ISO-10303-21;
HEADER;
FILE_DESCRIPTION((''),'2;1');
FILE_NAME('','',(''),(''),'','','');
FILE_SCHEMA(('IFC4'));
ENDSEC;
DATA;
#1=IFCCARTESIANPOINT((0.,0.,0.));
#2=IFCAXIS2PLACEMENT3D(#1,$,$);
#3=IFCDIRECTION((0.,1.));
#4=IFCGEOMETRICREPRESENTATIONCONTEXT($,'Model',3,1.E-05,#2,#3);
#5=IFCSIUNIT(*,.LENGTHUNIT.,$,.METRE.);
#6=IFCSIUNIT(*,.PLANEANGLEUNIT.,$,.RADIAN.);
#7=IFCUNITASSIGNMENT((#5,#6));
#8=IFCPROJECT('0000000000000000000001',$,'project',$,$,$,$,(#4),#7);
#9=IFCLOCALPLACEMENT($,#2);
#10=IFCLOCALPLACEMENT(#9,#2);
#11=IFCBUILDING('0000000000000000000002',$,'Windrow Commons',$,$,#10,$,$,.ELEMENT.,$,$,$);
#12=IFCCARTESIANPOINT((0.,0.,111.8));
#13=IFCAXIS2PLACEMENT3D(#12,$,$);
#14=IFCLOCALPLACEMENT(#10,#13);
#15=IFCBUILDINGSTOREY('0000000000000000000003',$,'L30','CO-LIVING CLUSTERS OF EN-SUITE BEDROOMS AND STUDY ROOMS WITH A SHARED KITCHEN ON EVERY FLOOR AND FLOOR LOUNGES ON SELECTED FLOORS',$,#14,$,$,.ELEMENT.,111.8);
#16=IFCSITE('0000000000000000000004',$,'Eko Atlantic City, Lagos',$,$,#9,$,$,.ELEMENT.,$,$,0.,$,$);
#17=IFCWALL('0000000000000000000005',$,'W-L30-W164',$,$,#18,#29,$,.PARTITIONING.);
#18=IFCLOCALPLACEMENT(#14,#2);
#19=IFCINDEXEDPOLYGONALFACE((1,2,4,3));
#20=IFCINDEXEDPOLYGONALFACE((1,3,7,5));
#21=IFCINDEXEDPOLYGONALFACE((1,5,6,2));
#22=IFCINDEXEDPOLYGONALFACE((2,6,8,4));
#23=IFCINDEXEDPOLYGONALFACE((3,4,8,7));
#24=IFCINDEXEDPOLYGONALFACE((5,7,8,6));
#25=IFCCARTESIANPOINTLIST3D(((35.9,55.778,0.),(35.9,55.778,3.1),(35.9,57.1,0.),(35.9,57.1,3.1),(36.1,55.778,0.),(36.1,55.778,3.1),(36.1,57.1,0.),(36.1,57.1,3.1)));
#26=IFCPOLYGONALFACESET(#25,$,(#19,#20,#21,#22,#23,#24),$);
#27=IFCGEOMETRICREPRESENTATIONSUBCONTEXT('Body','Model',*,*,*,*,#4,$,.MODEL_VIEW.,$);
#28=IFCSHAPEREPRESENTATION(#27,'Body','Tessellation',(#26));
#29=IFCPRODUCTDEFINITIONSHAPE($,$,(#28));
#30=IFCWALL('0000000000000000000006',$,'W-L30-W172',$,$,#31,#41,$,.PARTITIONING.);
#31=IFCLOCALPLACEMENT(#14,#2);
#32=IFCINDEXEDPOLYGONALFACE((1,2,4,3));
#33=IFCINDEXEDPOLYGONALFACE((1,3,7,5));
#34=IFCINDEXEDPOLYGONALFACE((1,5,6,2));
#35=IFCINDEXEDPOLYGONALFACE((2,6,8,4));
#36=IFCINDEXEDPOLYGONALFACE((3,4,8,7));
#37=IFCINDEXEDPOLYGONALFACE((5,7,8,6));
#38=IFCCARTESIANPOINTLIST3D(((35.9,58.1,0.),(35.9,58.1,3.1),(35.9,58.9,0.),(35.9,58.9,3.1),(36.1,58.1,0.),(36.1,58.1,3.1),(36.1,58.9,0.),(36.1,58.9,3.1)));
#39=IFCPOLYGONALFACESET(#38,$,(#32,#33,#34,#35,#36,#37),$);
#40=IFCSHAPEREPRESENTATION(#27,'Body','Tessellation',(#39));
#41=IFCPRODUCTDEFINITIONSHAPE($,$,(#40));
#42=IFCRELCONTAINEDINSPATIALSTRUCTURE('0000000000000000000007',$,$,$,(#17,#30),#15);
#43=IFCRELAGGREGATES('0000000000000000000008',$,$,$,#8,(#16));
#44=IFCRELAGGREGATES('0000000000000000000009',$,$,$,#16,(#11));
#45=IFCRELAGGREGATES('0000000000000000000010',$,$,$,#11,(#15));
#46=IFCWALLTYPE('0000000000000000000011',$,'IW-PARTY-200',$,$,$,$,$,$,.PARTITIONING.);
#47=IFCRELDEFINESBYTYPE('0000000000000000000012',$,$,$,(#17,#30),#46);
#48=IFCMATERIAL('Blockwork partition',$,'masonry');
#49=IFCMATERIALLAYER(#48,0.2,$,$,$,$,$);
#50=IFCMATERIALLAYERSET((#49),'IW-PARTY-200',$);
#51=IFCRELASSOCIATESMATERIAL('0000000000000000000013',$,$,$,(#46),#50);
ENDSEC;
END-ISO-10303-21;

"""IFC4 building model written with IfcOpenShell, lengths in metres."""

from ifc_helpers import new_model, si_unit, direction, frame, frame_2d, origin, place, context, subcontext, project, spatial, rectangle, extrude, material, layer, layer_set, type_object, element, save


model = new_model("IFC4")

# Units and contexts
model_context = context("Model", 3, precision=1e-05, world=origin(), true_north=direction((0.0, 1.0)))
body_context = subcontext(model_context, "Body", "Model", "MODEL_VIEW")
ifc_project = project(units=[si_unit("LENGTHUNIT", "METRE"), si_unit("PLANEANGLEUNIT", "RADIAN")], contexts=[model_context])

# Site, building, storey
site_placement = place(None, origin())
site = spatial("IfcSite", under=ifc_project, at=site_placement, Name="Eko Atlantic City, Lagos", CompositionType="ELEMENT", RefElevation=0.0)
building_placement = place(site_placement, origin())
building = spatial("IfcBuilding", under=site, at=building_placement, Name="Windrow Commons", CompositionType="ELEMENT")
storey_placement = place(building_placement, frame((0.0, 0.0, 111.8)))
storey = spatial("IfcBuildingStorey", under=building, at=storey_placement, Name="L30", Description="CO-LIVING CLUSTERS OF EN-SUITE BEDROOMS AND STUDY ROOMS WITH A SHARED KITCHEN ON EVERY FLOOR AND FLOOR LOUNGES ON SELECTED FLOORS", CompositionType="ELEMENT", Elevation=111.8)

# Walls
ifc_material_1 = material(Name="Blockwork partition", Category="masonry")
ifc_layer_1 = layer(ifc_material_1, 0.2)
ifc_layer_set_1 = layer_set([ifc_layer_1], Name="IW-PARTY-200")
wall_type_1 = type_object("IfcWallType", Name="IW-PARTY-200", PredefinedType="PARTITIONING", material=ifc_layer_set_1)
wall_1_placement = place(storey_placement, frame((36.0, 55.778, 0.0), z_axis=(0.0, 0.0, 1.0), x_axis=(0.0, 1.0, 0.0)))
element("IfcWall", 1, at=wall_1_placement, inside=storey, type_object=wall_type_1, Name="W-L30-W164", PredefinedType="PARTITIONING", context=body_context, shape_type="SweptSolid", body=[
    extrude(rectangle(XDim=1.322, YDim=0.2, at=frame_2d((0.661, 0.0))), origin(), (0.0, 0.0, 1.0), 3.1),
])
wall_2_placement = place(storey_placement, frame((36.0, 58.1, 0.0), z_axis=(0.0, 0.0, 1.0), x_axis=(0.0, 1.0, 0.0)))
element("IfcWall", 2, at=wall_2_placement, inside=storey, type_object=wall_type_1, Name="W-L30-W172", PredefinedType="PARTITIONING", context=body_context, shape_type="SweptSolid", body=[
    extrude(rectangle(XDim=0.8, YDim=0.2, at=frame_2d((0.4, 0.0))), origin(), (0.0, 0.0, 1.0), 3.1),
])

save(model, "model.ifc")
